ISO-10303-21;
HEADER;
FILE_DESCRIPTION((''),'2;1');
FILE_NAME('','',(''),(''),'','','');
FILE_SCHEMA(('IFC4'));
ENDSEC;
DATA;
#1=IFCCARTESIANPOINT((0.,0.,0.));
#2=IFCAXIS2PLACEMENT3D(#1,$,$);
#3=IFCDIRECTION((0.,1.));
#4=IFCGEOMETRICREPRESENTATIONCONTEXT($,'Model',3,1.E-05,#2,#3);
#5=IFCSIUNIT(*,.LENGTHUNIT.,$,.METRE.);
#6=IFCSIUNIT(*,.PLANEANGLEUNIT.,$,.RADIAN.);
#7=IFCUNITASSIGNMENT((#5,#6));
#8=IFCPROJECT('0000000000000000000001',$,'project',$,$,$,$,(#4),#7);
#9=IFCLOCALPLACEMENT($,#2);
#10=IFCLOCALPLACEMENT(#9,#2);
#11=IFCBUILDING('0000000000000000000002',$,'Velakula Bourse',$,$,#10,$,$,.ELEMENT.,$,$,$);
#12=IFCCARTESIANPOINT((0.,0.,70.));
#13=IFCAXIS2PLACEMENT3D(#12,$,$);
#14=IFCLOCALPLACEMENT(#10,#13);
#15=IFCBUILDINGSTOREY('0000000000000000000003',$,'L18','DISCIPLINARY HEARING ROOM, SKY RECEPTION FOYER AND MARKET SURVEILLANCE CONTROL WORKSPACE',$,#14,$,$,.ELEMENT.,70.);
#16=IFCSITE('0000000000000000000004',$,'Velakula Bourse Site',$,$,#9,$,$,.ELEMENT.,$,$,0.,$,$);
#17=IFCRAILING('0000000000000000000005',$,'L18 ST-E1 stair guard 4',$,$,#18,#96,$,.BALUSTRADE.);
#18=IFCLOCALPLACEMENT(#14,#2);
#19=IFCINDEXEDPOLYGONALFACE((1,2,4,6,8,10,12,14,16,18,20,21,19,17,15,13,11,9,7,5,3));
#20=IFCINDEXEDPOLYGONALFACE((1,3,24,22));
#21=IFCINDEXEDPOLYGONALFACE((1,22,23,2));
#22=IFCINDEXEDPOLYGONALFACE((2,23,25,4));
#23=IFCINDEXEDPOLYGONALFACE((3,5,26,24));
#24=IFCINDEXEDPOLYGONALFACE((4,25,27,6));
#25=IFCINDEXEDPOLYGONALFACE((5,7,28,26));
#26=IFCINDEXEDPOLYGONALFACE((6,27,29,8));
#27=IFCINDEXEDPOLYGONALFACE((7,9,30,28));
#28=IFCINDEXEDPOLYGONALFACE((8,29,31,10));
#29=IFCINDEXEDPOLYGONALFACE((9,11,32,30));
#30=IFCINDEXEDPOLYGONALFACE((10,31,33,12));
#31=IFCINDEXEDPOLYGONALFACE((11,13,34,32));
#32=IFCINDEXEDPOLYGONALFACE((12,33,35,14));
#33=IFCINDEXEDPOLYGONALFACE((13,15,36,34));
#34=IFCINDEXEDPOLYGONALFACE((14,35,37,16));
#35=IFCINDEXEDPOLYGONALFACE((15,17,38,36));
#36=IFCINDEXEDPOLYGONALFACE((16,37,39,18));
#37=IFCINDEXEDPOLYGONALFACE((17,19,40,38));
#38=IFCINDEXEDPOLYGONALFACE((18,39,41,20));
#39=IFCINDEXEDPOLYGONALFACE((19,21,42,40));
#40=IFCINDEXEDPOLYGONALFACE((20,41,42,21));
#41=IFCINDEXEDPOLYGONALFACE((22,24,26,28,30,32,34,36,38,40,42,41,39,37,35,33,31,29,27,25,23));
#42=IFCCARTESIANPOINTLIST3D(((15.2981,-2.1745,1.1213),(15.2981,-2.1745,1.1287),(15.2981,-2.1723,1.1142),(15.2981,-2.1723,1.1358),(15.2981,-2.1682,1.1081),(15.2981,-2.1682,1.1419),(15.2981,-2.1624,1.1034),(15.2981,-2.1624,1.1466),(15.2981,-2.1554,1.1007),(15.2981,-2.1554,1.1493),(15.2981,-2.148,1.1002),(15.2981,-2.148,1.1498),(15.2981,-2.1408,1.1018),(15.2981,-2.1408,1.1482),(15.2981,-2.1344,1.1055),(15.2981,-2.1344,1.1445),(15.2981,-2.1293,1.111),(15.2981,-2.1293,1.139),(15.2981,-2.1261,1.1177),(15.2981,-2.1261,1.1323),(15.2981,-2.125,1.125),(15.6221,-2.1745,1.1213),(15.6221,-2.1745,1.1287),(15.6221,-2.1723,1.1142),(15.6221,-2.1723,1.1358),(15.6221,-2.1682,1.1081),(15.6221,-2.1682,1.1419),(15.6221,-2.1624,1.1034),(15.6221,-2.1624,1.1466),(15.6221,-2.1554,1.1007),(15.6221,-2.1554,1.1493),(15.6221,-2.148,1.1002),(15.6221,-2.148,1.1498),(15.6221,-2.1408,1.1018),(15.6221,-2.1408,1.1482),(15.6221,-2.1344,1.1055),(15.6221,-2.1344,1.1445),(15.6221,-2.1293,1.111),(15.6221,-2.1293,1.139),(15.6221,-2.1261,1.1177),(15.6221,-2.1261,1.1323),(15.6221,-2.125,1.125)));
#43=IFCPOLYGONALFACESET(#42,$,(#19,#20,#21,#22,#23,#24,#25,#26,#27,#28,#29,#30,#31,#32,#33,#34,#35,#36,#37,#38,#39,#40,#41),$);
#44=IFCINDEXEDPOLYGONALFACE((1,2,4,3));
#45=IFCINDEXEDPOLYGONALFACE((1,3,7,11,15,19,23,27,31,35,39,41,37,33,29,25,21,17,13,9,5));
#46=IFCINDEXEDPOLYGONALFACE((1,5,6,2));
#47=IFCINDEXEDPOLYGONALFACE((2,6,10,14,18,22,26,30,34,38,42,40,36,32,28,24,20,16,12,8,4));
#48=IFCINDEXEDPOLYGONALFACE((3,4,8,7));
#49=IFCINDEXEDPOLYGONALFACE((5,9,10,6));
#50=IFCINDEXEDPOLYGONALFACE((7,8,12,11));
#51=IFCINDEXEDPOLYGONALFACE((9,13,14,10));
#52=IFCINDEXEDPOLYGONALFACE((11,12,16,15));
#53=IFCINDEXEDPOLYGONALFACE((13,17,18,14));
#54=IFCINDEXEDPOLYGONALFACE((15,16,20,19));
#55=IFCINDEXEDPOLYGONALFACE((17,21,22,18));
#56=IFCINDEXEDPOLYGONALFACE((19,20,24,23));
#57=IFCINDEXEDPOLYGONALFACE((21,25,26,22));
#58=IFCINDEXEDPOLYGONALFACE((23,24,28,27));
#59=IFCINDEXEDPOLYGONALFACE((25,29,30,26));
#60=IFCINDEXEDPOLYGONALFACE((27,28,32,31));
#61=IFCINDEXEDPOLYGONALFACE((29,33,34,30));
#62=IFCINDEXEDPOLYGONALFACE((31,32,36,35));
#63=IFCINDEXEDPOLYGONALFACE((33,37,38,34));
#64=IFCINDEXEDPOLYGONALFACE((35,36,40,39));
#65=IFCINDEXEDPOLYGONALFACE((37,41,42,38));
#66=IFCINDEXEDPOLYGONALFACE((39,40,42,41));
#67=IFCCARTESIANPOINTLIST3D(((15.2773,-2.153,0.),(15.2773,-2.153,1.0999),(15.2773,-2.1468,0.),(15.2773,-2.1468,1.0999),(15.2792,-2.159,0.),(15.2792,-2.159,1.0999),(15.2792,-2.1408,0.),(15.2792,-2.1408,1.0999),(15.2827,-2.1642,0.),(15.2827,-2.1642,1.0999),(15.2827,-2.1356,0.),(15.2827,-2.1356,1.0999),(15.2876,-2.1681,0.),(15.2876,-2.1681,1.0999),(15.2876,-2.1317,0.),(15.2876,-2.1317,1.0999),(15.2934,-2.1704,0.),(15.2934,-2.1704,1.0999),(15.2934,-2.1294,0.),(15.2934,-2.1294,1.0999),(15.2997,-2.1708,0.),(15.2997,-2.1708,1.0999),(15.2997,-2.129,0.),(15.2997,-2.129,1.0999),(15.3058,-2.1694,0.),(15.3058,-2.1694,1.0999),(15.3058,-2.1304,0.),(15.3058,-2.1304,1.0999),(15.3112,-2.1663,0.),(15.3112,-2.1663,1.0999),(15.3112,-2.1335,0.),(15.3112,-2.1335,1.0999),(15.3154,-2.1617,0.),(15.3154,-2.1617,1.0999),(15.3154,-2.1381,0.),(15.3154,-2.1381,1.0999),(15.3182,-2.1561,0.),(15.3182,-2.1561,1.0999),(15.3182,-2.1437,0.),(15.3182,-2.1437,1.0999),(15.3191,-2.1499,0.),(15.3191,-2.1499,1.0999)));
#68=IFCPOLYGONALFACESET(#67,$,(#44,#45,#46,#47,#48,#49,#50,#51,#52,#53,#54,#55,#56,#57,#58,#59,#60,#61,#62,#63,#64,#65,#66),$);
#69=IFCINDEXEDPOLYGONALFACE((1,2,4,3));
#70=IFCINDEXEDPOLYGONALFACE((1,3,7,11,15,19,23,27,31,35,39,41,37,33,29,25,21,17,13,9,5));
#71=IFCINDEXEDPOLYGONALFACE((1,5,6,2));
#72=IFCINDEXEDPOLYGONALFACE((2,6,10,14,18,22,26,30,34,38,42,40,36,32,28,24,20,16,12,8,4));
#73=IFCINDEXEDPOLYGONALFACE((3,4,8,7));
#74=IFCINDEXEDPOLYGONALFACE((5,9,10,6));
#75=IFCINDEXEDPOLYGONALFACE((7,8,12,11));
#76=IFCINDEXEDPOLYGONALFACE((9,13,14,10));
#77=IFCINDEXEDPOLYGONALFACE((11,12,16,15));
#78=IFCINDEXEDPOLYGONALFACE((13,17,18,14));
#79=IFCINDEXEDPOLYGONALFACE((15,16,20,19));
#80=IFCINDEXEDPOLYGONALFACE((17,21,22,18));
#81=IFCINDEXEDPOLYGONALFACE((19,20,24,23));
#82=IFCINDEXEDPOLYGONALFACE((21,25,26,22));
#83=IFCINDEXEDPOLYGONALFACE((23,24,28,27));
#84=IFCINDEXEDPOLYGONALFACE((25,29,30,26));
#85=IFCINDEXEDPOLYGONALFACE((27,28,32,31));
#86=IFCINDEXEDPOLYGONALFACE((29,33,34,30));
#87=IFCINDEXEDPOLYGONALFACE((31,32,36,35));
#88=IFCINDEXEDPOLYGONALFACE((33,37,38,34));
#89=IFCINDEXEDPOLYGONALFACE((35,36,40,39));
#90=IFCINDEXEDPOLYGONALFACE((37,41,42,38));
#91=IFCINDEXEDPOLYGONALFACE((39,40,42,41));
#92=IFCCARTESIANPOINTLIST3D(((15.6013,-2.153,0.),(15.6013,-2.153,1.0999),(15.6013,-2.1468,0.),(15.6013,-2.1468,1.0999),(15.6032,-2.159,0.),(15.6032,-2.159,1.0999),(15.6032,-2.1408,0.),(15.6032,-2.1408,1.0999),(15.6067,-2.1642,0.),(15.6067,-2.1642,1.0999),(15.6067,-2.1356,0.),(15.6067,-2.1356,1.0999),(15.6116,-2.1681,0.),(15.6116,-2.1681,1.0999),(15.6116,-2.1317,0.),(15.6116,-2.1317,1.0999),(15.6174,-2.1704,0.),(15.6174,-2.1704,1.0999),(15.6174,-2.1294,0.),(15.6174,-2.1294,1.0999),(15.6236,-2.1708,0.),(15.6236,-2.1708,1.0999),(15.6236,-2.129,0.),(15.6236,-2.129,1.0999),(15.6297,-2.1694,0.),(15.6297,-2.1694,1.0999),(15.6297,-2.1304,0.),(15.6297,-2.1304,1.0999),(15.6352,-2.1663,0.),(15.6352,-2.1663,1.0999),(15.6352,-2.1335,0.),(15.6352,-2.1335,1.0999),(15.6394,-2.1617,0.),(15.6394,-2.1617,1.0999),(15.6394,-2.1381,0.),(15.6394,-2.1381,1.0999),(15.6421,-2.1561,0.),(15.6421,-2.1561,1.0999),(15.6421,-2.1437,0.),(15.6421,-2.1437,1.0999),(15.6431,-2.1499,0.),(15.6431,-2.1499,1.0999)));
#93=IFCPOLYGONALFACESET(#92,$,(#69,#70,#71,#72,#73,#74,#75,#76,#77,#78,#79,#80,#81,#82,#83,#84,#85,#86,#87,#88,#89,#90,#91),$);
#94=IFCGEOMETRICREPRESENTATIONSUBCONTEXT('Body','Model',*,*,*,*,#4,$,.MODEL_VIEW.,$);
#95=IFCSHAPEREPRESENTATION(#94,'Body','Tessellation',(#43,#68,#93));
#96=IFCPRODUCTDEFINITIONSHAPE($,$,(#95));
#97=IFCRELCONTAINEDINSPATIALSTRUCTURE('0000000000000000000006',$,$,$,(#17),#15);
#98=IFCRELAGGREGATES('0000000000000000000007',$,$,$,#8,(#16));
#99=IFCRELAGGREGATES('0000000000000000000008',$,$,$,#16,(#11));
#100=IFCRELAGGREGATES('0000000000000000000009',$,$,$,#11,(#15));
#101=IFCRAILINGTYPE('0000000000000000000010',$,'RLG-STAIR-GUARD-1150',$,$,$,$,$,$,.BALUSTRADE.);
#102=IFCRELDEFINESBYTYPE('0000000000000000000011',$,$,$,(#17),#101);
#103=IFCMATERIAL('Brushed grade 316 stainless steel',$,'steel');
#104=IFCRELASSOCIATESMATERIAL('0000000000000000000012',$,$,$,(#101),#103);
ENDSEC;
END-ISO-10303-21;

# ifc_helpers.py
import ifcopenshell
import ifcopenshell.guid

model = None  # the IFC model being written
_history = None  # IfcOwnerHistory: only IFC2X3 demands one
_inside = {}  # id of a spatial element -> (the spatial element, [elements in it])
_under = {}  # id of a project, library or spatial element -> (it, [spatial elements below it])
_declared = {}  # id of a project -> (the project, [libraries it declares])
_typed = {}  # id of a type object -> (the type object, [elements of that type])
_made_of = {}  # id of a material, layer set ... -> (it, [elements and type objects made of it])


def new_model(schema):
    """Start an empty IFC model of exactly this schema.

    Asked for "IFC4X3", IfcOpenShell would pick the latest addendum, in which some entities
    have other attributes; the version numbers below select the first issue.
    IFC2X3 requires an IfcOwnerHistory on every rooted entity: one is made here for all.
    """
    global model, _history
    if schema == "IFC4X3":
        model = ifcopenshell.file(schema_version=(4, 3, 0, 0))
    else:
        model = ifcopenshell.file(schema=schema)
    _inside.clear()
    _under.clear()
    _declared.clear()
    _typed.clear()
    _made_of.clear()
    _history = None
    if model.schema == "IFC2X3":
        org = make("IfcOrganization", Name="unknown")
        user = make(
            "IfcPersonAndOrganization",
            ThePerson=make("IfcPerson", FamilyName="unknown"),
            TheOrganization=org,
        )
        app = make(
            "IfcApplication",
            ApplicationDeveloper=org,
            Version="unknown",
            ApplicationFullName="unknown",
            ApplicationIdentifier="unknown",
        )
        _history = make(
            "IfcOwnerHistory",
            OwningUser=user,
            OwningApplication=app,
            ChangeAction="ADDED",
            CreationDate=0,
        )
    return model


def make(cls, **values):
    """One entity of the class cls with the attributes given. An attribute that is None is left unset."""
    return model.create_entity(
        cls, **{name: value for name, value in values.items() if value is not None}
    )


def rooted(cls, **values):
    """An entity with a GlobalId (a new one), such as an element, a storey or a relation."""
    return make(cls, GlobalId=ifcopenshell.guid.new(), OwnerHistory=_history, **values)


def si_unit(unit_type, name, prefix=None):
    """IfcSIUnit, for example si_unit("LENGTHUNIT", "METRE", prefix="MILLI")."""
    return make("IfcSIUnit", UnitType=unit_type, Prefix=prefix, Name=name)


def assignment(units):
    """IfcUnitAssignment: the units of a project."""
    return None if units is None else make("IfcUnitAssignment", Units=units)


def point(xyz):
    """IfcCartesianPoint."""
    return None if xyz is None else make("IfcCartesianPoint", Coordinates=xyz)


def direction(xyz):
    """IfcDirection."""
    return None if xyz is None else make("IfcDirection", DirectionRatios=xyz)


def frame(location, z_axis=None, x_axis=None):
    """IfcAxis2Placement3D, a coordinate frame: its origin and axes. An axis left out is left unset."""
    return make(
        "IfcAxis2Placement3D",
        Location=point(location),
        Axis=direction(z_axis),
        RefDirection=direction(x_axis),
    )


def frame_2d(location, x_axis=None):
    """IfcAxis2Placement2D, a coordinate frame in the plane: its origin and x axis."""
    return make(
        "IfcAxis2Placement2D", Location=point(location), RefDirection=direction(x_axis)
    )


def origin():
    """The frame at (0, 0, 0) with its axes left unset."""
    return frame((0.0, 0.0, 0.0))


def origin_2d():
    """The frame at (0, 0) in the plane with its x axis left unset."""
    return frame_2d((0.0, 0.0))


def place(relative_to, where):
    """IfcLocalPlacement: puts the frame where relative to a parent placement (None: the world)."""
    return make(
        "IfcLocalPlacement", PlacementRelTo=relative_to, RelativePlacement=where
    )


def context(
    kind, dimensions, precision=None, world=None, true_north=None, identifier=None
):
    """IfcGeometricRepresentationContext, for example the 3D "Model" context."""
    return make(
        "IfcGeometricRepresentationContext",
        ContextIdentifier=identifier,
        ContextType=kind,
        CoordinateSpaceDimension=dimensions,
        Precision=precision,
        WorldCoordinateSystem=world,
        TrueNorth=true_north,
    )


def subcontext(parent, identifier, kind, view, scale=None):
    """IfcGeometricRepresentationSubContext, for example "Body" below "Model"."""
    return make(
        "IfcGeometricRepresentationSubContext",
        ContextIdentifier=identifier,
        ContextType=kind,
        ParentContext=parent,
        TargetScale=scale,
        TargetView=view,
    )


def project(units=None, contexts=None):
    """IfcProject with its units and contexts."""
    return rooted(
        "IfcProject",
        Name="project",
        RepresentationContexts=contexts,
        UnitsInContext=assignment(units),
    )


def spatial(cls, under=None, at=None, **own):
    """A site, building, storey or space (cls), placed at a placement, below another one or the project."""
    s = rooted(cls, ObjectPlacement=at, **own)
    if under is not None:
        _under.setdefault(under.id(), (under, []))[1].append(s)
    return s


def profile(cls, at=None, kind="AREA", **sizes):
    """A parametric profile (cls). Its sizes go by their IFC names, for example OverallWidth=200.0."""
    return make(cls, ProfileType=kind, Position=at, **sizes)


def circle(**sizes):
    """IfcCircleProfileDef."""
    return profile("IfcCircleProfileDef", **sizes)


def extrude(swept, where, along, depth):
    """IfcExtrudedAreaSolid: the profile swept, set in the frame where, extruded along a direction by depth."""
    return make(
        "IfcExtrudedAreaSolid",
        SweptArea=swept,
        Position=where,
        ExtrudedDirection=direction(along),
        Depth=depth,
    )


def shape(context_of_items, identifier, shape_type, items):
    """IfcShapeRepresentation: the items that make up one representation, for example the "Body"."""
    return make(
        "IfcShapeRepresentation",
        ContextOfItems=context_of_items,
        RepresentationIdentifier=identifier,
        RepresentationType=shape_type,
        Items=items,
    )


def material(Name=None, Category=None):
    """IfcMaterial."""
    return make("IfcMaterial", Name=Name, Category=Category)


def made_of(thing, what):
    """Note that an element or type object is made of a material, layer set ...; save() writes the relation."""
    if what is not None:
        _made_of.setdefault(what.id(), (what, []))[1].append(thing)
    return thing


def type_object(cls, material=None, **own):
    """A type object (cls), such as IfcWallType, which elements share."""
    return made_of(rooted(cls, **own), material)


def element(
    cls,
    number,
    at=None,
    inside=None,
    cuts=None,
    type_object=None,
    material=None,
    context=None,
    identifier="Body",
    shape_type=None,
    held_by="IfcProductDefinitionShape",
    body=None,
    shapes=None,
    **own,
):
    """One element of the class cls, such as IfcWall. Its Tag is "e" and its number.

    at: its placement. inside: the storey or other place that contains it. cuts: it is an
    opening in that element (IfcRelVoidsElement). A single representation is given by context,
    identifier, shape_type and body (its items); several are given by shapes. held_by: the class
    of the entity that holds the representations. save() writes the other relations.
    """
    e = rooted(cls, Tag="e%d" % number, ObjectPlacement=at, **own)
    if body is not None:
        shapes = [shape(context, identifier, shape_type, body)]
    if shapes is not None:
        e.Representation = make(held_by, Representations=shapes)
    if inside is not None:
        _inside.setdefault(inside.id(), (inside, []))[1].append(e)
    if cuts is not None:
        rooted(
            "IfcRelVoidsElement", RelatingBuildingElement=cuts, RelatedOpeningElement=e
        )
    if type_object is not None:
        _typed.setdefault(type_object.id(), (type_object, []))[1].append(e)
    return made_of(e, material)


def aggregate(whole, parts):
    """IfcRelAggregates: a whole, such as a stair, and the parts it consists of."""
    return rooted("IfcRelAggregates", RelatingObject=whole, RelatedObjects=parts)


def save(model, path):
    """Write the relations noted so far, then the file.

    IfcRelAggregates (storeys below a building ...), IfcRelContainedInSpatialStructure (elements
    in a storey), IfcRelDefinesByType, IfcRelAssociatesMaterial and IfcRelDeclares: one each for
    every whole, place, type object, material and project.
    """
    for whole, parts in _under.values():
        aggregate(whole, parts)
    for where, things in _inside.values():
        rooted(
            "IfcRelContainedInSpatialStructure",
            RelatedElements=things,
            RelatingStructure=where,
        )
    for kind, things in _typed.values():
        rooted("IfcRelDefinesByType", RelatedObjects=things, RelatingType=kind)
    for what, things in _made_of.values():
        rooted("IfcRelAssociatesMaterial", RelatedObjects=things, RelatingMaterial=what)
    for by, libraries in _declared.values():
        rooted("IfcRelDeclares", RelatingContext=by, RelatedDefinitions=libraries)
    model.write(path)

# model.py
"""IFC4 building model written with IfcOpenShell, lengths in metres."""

from ifc_helpers import new_model, si_unit, direction, frame, origin, origin_2d, place, context, subcontext, project, spatial, circle, extrude, material, type_object, element, save


model = new_model("IFC4")

# Units and contexts
model_context = context("Model", 3, precision=1e-05, world=origin(), true_north=direction((0.0, 1.0)))
body_context = subcontext(model_context, "Body", "Model", "MODEL_VIEW")
ifc_project = project(units=[si_unit("LENGTHUNIT", "METRE"), si_unit("PLANEANGLEUNIT", "RADIAN")], contexts=[model_context])

# Site, building, storey
site_placement = place(None, origin())
site = spatial("IfcSite", under=ifc_project, at=site_placement, Name="Velakula Bourse Site", CompositionType="ELEMENT", RefElevation=0.0)
building_placement = place(site_placement, origin())
building = spatial("IfcBuilding", under=site, at=building_placement, Name="Velakula Bourse", CompositionType="ELEMENT")
storey_placement = place(building_placement, frame((0.0, 0.0, 70.0)))
storey = spatial("IfcBuildingStorey", under=building, at=storey_placement, Name="L18", Description="DISCIPLINARY HEARING ROOM, SKY RECEPTION FOYER AND MARKET SURVEILLANCE CONTROL WORKSPACE", CompositionType="ELEMENT", Elevation=70.0)

# Shared definitions
ifc_material_1 = material(Name="Brushed grade 316 stainless steel", Category="steel")

# Railing
railing_type_1 = type_object("IfcRailingType", Name="RLG-STAIR-GUARD-1150", PredefinedType="BALUSTRADE", material=ifc_material_1)
railing_1_placement = place(storey_placement, frame((15.2981, -2.1499, 0.0)))
element("IfcRailing", 1, at=railing_1_placement, inside=storey, type_object=railing_type_1, Name="L18 ST-E1 stair guard 4", PredefinedType="BALUSTRADE", context=body_context, shape_type="SweptSolid", body=[
    extrude(circle(Radius=0.0249, at=origin_2d()), frame((0.0, 0.0, 1.125), z_axis=(1.0, 0.0, 0.0), x_axis=(0.0, 1.0, 0.0)), (0.0, 0.0, 1.0), 0.324),
    extrude(circle(Radius=0.021, at=origin_2d()), origin(), (0.0, 0.0, 1.0), 1.0999),
    extrude(circle(Radius=0.021, at=origin_2d()), frame((0.324, 0.0, 0.0)), (0.0, 0.0, 1.0), 1.0999),
])

save(model, "model.ifc")
